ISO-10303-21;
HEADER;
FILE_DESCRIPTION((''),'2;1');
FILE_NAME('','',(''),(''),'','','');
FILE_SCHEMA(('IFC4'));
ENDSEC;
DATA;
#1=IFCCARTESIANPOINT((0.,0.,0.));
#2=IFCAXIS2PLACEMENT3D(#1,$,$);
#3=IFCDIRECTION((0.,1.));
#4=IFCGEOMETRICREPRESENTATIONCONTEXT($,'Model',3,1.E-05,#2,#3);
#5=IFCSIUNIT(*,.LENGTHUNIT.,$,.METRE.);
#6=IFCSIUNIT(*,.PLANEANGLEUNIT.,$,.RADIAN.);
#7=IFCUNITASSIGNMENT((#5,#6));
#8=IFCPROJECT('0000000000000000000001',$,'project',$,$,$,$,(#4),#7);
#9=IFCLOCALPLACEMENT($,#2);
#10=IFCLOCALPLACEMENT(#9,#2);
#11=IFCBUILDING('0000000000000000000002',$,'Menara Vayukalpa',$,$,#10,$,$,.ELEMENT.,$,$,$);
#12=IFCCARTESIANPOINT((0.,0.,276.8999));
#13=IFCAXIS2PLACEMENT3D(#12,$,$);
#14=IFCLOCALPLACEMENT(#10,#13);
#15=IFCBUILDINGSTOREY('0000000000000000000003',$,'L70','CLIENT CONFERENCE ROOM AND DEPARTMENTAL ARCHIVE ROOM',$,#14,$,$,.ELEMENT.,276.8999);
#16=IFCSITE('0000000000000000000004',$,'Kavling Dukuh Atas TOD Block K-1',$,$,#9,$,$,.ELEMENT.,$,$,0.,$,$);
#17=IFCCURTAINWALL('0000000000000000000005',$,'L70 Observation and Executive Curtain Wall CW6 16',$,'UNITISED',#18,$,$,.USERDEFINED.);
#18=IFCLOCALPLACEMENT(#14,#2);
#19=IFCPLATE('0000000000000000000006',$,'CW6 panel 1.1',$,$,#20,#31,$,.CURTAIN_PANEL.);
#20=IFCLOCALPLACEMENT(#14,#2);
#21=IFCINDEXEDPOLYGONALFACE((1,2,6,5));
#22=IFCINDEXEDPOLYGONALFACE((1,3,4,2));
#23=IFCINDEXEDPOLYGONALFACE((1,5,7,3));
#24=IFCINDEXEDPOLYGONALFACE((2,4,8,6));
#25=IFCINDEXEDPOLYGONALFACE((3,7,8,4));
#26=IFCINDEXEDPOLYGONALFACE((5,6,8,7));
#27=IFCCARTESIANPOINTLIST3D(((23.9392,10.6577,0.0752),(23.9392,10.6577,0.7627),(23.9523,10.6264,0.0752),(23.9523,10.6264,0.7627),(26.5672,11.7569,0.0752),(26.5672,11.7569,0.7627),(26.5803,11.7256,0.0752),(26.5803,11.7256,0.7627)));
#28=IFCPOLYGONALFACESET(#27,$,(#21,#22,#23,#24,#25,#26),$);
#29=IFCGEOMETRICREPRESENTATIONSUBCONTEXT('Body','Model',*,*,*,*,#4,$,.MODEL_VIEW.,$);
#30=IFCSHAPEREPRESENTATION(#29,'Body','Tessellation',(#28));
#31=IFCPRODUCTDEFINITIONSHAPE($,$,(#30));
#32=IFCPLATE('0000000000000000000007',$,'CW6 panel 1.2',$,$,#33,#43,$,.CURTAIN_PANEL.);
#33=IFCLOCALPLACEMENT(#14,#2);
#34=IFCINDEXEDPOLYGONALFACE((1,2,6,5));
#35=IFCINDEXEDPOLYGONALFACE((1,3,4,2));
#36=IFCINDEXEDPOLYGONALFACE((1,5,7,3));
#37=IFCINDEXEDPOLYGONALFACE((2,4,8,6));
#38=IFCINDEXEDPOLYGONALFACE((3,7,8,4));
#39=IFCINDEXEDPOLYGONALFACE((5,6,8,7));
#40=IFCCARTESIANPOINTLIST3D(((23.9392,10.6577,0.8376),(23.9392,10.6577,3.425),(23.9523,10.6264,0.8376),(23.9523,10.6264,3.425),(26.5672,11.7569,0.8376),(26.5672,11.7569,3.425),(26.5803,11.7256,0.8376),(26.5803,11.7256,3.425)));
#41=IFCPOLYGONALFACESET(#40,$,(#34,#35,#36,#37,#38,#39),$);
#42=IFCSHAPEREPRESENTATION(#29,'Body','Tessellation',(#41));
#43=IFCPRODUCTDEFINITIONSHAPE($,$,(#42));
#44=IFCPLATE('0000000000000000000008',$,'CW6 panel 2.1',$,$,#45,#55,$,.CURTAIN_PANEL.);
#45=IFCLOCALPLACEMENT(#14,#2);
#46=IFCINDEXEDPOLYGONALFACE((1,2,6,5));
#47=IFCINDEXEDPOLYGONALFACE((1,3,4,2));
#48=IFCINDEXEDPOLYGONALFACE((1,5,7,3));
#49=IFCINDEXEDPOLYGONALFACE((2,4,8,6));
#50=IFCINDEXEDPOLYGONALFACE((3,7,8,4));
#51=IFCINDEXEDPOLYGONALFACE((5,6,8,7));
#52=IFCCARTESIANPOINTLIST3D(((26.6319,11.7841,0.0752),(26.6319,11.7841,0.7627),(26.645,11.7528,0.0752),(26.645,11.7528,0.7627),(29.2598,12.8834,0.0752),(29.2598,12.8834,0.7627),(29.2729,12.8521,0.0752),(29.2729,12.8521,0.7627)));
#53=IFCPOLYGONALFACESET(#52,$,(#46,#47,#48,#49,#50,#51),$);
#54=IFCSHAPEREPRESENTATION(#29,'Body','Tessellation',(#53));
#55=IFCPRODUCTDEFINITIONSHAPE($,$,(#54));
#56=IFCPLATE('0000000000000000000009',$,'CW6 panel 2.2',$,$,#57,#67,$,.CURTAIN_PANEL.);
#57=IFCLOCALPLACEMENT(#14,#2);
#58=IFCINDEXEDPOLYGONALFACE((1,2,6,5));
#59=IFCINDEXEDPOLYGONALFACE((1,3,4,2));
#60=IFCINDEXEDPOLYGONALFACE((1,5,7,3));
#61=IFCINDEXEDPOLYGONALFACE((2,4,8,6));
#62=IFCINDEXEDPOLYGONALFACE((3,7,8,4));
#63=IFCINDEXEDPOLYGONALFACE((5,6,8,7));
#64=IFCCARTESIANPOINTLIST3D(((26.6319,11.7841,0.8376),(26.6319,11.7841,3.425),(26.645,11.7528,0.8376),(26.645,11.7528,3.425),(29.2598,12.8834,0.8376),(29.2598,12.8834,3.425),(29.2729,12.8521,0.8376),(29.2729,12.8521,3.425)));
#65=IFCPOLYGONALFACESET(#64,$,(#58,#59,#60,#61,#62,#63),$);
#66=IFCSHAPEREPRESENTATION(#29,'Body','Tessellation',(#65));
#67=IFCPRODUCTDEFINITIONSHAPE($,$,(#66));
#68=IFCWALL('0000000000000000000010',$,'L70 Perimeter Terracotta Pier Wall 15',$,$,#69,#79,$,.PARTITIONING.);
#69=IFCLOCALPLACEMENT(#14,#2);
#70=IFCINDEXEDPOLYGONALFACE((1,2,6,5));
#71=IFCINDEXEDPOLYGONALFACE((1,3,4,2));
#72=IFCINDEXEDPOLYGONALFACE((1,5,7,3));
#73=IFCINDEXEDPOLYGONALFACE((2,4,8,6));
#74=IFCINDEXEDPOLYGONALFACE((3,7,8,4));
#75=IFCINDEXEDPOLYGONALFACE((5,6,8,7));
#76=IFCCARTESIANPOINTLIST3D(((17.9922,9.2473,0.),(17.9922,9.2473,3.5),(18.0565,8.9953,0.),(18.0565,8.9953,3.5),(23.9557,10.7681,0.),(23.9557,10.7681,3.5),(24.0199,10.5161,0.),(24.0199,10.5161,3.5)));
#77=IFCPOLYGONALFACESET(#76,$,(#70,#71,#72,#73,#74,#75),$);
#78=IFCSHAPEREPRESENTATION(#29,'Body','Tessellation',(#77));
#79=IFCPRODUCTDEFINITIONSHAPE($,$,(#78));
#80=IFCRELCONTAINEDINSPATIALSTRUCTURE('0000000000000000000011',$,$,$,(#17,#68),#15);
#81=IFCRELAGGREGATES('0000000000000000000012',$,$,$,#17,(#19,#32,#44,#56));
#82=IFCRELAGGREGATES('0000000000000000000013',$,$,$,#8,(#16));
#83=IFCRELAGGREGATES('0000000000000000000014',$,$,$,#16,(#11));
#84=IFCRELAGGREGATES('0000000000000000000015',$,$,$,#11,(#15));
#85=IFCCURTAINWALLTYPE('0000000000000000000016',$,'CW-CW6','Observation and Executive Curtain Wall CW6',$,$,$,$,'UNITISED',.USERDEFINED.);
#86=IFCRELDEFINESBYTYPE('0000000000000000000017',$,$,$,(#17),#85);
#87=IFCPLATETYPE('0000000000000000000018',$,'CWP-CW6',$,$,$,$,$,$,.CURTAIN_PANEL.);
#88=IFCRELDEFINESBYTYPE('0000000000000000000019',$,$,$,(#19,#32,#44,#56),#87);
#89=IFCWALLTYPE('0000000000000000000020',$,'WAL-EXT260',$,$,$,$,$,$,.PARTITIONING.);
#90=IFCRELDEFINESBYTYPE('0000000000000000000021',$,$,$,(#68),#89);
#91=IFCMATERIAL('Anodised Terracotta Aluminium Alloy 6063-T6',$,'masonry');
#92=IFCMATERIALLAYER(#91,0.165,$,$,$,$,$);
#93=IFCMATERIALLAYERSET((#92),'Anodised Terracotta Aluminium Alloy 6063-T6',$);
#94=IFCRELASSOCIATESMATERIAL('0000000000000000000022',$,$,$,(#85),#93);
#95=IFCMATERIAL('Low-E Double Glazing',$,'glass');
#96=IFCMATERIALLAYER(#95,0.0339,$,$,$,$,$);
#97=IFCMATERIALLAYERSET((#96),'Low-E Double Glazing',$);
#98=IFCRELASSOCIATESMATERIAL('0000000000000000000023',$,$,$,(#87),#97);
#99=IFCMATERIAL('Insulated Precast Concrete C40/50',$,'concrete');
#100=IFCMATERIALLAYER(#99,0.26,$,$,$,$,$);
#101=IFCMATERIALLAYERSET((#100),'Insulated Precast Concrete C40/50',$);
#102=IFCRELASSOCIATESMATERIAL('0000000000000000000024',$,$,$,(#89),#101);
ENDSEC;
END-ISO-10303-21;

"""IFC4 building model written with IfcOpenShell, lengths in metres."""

from ifc_helpers import new_model, si_unit, direction, frame, frame_2d, origin, origin_2d, place, context, subcontext, project, spatial, rectangle, extrude, material, layer, layer_set, type_object, element, aggregate, save


model = new_model("IFC4")

# Units and contexts
model_context = context("Model", 3, precision=1e-05, world=origin(), true_north=direction((0.0, 1.0)))
body_context = subcontext(model_context, "Body", "Model", "MODEL_VIEW")
ifc_project = project(units=[si_unit("LENGTHUNIT", "METRE"), si_unit("PLANEANGLEUNIT", "RADIAN")], contexts=[model_context])

# Site, building, storey
site_placement = place(None, origin())
site = spatial("IfcSite", under=ifc_project, at=site_placement, Name="Kavling Dukuh Atas TOD Block K-1", CompositionType="ELEMENT", RefElevation=0.0)
building_placement = place(site_placement, origin())
building = spatial("IfcBuilding", under=site, at=building_placement, Name="Menara Vayukalpa", CompositionType="ELEMENT")
storey_placement = place(building_placement, frame((0.0, 0.0, 276.8999)))
storey = spatial("IfcBuildingStorey", under=building, at=storey_placement, Name="L70", Description="CLIENT CONFERENCE ROOM AND DEPARTMENTAL ARCHIVE ROOM", CompositionType="ELEMENT", Elevation=276.8999)

# Curtain wall, plates
ifc_material_1 = material(Name="Anodised Terracotta Aluminium Alloy 6063-T6", Category="masonry")
ifc_layer_1 = layer(ifc_material_1, 0.165)
ifc_layer_set_1 = layer_set([ifc_layer_1], Name="Anodised Terracotta Aluminium Alloy 6063-T6")
curtain_wall_type = type_object("IfcCurtainWallType", Name="CW-CW6", Description="Observation and Executive Curtain Wall CW6", ElementType="UNITISED", PredefinedType="USERDEFINED", material=ifc_layer_set_1)
curtain_wall_placement = place(storey_placement, origin())
curtain_wall = element("IfcCurtainWall", 1, at=curtain_wall_placement, inside=storey, type_object=curtain_wall_type, Name="L70 Observation and Executive Curtain Wall CW6 16", ObjectType="UNITISED", PredefinedType="USERDEFINED")
ifc_material_2 = material(Name="Low-E Double Glazing", Category="glass")
ifc_layer_2 = layer(ifc_material_2, 0.0339)
ifc_layer_set_2 = layer_set([ifc_layer_2], Name="Low-E Double Glazing")
plate_type = type_object("IfcPlateType", Name="CWP-CW6", PredefinedType="CURTAIN_PANEL", material=ifc_layer_set_2)
plate_1_placement = place(storey_placement, frame((25.2598, 11.1917, 0.0752), z_axis=(0.0, 0.0, 1.0), x_axis=(0.922541, 0.3859, 0.0)))
plate_1 = element("IfcPlate", 2, at=plate_1_placement, type_object=plate_type, Name="CW6 panel 1.1", PredefinedType="CURTAIN_PANEL", context=body_context, shape_type="SweptSolid", body=[
    extrude(rectangle(XDim=2.8486, YDim=0.0339, at=origin_2d()), origin(), (0.0, 0.0, 1.0), 0.6875),
])
plate_2_placement = place(storey_placement, frame((25.2598, 11.1917, 0.8376), z_axis=(0.0, 0.0, 1.0), x_axis=(0.922541, 0.3859, 0.0)))
plate_2 = element("IfcPlate", 3, at=plate_2_placement, type_object=plate_type, Name="CW6 panel 1.2", PredefinedType="CURTAIN_PANEL", context=body_context, shape_type="SweptSolid", body=[
    extrude(rectangle(XDim=2.8486, YDim=0.0339, at=origin_2d()), origin(), (0.0, 0.0, 1.0), 2.5874),
])
plate_3_placement = place(storey_placement, frame((27.9524, 12.3181, 0.0752), z_axis=(0.0, 0.0, 1.0), x_axis=(0.922541, 0.3859, 0.0)))
plate_3 = element("IfcPlate", 4, at=plate_3_placement, type_object=plate_type, Name="CW6 panel 2.1", PredefinedType="CURTAIN_PANEL", context=body_context, shape_type="SweptSolid", body=[
    extrude(rectangle(XDim=2.8486, YDim=0.0339, at=origin_2d()), origin(), (0.0, 0.0, 1.0), 0.6875),
])
plate_4_placement = place(storey_placement, frame((27.9524, 12.3181, 0.8376), z_axis=(0.0, 0.0, 1.0), x_axis=(0.922541, 0.3859, 0.0)))
plate_4 = element("IfcPlate", 5, at=plate_4_placement, type_object=plate_type, Name="CW6 panel 2.2", PredefinedType="CURTAIN_PANEL", context=body_context, shape_type="SweptSolid", body=[
    extrude(rectangle(XDim=2.8486, YDim=0.0339, at=origin_2d()), origin(), (0.0, 0.0, 1.0), 2.5874),
])
aggregate(curtain_wall, [plate_1, plate_2, plate_3, plate_4])

# Wall
ifc_material_3 = material(Name="Insulated Precast Concrete C40/50", Category="concrete")
ifc_layer_3 = layer(ifc_material_3, 0.26)
ifc_layer_set_3 = layer_set([ifc_layer_3], Name="Insulated Precast Concrete C40/50")
wall_type = type_object("IfcWallType", Name="WAL-EXT260", PredefinedType="PARTITIONING", material=ifc_layer_set_3)
wall_placement = place(storey_placement, frame((23.9878, 10.6421, 0.0), z_axis=(0.0, 0.0, 1.0), x_axis=(-0.968988, -0.247107, 0.0)))
element("IfcWall", 6, at=wall_placement, inside=storey, type_object=wall_type, Name="L70 Perimeter Terracotta Pier Wall 15", PredefinedType="PARTITIONING", context=body_context, shape_type="SweptSolid", body=[
    extrude(rectangle(XDim=6.1543, YDim=0.26, at=frame_2d((3.0771, 0.0))), origin(), (0.0, 0.0, 1.0), 3.5),
])

save(model, "model.ifc")
